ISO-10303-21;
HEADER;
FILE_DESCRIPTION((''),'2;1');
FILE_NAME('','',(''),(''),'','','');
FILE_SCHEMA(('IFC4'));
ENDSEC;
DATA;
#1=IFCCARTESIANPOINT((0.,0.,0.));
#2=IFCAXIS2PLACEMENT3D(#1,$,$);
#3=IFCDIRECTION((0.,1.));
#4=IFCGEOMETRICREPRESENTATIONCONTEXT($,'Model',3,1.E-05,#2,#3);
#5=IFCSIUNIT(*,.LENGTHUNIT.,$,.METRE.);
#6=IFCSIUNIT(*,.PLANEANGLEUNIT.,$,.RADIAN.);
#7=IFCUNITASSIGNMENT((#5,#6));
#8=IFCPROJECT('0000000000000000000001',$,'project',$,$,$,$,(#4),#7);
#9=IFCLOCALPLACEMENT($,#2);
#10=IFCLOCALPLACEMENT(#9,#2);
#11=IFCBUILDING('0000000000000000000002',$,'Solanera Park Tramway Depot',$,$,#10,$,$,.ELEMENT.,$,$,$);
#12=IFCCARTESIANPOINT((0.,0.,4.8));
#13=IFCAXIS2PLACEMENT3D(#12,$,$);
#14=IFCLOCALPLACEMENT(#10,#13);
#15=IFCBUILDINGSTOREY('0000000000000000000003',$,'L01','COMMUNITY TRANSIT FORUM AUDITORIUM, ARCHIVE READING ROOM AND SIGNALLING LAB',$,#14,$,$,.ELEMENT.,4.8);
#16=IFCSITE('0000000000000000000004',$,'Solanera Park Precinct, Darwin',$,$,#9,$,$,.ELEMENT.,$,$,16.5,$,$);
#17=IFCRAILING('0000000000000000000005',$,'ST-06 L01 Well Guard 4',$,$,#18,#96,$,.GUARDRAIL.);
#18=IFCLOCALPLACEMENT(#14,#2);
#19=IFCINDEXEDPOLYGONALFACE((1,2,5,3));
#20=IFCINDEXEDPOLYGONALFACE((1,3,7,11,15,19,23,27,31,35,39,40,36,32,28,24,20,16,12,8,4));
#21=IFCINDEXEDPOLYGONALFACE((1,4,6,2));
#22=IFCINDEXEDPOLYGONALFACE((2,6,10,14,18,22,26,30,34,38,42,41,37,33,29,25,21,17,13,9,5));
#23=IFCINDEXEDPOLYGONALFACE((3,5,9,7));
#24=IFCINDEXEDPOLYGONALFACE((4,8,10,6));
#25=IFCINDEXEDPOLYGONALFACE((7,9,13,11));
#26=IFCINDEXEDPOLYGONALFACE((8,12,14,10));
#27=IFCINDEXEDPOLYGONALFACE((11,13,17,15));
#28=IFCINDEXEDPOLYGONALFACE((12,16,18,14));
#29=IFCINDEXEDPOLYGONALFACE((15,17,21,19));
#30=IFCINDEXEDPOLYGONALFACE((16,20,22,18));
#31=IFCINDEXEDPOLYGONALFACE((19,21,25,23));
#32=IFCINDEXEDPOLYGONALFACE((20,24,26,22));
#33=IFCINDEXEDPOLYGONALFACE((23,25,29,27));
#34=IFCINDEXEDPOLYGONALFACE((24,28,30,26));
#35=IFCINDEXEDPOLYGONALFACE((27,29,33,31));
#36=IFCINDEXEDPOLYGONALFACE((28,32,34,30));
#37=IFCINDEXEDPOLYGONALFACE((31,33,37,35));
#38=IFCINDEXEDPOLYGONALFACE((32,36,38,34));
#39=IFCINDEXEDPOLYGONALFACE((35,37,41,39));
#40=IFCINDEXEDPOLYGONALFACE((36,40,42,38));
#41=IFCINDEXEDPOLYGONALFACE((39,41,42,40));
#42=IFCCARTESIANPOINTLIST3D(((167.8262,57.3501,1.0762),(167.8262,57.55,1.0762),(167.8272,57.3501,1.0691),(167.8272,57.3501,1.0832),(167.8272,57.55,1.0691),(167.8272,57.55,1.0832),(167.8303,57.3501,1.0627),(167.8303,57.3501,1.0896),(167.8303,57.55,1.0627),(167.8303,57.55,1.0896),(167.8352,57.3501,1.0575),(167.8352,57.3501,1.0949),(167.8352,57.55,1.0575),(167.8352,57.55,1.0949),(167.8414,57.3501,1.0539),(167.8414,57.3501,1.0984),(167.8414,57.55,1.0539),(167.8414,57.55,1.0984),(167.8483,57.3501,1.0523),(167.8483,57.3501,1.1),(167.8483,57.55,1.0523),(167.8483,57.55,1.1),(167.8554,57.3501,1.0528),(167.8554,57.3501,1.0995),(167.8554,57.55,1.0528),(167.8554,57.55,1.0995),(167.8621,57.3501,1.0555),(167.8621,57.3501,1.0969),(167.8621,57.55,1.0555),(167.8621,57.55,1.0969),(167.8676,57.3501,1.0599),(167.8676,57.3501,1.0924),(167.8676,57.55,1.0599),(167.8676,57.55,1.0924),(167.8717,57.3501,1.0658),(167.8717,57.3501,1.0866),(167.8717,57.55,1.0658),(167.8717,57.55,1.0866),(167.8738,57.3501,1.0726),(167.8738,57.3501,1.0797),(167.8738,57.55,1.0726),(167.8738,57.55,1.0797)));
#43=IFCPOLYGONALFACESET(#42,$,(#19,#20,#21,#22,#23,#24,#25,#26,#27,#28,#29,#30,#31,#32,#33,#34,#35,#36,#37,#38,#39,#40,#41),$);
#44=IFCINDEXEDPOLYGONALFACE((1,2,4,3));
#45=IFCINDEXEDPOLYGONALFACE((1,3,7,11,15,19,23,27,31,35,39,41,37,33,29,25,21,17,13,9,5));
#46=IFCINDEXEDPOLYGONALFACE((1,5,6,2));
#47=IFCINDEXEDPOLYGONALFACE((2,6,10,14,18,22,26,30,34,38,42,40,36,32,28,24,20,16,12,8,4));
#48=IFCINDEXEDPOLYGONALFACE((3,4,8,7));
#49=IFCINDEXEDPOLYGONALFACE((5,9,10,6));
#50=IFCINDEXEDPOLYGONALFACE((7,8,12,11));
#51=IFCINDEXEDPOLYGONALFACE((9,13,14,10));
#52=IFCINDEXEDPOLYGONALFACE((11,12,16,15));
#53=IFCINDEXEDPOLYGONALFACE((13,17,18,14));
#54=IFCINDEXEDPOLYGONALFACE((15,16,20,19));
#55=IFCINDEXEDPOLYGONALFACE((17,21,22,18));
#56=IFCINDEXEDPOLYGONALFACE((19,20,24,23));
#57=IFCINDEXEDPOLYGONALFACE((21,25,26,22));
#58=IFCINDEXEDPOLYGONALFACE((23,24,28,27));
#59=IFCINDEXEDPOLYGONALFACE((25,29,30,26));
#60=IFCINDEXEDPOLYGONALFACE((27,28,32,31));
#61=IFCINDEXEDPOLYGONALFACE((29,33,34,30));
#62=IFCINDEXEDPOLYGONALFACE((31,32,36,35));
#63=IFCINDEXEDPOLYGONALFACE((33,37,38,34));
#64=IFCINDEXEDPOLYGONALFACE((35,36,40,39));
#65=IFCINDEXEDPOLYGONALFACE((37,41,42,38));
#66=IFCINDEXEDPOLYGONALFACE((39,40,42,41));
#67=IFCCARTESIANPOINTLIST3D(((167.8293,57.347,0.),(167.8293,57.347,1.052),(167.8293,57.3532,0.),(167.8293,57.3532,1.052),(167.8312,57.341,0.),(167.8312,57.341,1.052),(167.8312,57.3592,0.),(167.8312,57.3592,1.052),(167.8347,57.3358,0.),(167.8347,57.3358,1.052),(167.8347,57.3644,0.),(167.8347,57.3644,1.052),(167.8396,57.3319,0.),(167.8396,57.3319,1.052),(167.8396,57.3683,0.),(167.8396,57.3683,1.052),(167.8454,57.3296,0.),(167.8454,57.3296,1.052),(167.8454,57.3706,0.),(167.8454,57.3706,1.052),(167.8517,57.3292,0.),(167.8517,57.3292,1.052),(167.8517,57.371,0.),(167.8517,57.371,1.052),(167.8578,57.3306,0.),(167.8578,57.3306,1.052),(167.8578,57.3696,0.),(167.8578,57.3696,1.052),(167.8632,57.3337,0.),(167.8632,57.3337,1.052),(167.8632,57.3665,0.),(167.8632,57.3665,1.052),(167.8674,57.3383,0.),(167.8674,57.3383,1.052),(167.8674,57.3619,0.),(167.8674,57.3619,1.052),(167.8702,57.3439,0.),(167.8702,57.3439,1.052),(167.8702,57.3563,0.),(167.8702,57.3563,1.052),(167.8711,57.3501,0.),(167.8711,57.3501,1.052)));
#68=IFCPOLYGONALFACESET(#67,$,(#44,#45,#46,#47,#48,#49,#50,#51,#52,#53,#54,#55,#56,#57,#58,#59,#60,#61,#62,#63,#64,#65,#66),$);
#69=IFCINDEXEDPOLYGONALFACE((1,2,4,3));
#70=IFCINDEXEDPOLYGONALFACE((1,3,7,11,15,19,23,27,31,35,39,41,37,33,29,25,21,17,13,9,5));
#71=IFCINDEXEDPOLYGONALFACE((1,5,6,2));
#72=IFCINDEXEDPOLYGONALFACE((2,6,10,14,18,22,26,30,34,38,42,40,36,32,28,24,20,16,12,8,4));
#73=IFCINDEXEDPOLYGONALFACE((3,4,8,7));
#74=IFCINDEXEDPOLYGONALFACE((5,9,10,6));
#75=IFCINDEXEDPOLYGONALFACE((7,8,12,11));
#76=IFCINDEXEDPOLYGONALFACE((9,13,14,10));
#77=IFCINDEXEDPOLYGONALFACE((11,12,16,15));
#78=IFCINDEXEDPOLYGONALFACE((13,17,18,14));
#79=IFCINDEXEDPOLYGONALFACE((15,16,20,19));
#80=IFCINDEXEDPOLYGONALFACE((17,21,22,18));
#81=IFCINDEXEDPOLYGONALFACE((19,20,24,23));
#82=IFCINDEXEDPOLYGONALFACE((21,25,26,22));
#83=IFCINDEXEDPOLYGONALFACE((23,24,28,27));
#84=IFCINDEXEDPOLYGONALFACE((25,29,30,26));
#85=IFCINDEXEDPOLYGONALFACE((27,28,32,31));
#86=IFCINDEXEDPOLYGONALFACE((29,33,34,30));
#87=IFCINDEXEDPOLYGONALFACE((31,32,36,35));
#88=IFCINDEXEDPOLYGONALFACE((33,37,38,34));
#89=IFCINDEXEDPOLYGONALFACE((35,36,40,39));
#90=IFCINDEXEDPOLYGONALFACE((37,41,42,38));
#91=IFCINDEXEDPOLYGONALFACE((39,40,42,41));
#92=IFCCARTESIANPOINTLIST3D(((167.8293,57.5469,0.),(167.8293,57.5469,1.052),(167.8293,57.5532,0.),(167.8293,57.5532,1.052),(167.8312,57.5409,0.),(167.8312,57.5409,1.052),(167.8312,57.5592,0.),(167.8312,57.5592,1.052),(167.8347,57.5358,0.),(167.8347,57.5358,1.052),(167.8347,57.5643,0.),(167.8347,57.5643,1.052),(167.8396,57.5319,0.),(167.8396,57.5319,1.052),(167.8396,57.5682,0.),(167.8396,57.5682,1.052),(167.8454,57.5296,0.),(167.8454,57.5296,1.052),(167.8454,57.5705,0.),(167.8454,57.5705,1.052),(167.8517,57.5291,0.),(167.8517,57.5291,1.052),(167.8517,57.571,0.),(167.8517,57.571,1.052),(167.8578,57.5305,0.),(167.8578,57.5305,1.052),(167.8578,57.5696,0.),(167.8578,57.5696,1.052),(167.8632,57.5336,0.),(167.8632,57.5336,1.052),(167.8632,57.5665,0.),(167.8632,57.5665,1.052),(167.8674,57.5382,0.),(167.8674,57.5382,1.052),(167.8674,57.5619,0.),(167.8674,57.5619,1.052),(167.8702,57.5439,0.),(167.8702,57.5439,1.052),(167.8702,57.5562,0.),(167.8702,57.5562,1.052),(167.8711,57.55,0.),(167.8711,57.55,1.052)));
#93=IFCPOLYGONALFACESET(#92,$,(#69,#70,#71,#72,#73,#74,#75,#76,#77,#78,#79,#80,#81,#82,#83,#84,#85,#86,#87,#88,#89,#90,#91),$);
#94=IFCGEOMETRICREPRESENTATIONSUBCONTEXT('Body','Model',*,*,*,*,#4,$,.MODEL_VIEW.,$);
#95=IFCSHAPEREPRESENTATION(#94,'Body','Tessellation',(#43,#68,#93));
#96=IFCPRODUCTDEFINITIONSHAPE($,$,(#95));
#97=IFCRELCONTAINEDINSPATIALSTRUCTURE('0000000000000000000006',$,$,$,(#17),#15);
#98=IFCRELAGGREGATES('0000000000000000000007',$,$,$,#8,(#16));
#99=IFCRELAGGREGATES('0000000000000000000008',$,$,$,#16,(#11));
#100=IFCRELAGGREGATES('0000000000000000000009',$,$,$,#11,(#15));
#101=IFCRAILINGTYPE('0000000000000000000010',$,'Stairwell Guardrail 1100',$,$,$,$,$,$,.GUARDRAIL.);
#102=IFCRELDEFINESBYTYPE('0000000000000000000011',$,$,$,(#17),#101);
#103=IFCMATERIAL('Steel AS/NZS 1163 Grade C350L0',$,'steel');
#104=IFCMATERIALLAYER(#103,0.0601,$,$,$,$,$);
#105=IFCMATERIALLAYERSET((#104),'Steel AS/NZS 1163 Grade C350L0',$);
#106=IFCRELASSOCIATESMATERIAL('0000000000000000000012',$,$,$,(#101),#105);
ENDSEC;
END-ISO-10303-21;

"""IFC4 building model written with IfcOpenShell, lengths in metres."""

from ifc_helpers import new_model, si_unit, direction, frame, origin, origin_2d, place, context, subcontext, project, spatial, circle, extrude, material, layer, layer_set, type_object, element, save


model = new_model("IFC4")

# Units and contexts
model_context = context("Model", 3, precision=1e-05, world=origin(), true_north=direction((0.0, 1.0)))
body_context = subcontext(model_context, "Body", "Model", "MODEL_VIEW")
ifc_project = project(units=[si_unit("LENGTHUNIT", "METRE"), si_unit("PLANEANGLEUNIT", "RADIAN")], contexts=[model_context])

# Site, building, storey
site_placement = place(None, origin())
site = spatial("IfcSite", under=ifc_project, at=site_placement, Name="Solanera Park Precinct, Darwin", CompositionType="ELEMENT", RefElevation=16.5)
building_placement = place(site_placement, origin())
building = spatial("IfcBuilding", under=site, at=building_placement, Name="Solanera Park Tramway Depot", CompositionType="ELEMENT")
storey_placement = place(building_placement, frame((0.0, 0.0, 4.8)))
storey = spatial("IfcBuildingStorey", under=building, at=storey_placement, Name="L01", Description="COMMUNITY TRANSIT FORUM AUDITORIUM, ARCHIVE READING ROOM AND SIGNALLING LAB", CompositionType="ELEMENT", Elevation=4.8)

# Railing
ifc_material_1 = material(Name="Steel AS/NZS 1163 Grade C350L0", Category="steel")
ifc_layer_1 = layer(ifc_material_1, 0.0601)
ifc_layer_set_1 = layer_set([ifc_layer_1], Name="Steel AS/NZS 1163 Grade C350L0")
railing_type_1 = type_object("IfcRailingType", Name="Stairwell Guardrail 1100", PredefinedType="GUARDRAIL", material=ifc_layer_set_1)
railing_1_placement = place(storey_placement, frame((167.8501, 57.3501, 0.0)))
element("IfcRailing", 1, at=railing_1_placement, inside=storey, type_object=railing_type_1, Name="ST-06 L01 Well Guard 4", PredefinedType="GUARDRAIL", context=body_context, shape_type="SweptSolid", body=[
    extrude(circle(Radius=0.0239, at=origin_2d()), frame((0.0, 0.0, 1.0762), z_axis=(0.0, 1.0, 0.0), x_axis=(-1.0, 0.0, 0.0)), (0.0, 0.0, 1.0), 0.2),
    extrude(circle(Radius=0.021, at=origin_2d()), origin(), (0.0, 0.0, 1.0), 1.052),
    extrude(circle(Radius=0.021, at=origin_2d()), frame((0.0, 0.2, 0.0)), (0.0, 0.0, 1.0), 1.052),
])

save(model, "model.ifc")
